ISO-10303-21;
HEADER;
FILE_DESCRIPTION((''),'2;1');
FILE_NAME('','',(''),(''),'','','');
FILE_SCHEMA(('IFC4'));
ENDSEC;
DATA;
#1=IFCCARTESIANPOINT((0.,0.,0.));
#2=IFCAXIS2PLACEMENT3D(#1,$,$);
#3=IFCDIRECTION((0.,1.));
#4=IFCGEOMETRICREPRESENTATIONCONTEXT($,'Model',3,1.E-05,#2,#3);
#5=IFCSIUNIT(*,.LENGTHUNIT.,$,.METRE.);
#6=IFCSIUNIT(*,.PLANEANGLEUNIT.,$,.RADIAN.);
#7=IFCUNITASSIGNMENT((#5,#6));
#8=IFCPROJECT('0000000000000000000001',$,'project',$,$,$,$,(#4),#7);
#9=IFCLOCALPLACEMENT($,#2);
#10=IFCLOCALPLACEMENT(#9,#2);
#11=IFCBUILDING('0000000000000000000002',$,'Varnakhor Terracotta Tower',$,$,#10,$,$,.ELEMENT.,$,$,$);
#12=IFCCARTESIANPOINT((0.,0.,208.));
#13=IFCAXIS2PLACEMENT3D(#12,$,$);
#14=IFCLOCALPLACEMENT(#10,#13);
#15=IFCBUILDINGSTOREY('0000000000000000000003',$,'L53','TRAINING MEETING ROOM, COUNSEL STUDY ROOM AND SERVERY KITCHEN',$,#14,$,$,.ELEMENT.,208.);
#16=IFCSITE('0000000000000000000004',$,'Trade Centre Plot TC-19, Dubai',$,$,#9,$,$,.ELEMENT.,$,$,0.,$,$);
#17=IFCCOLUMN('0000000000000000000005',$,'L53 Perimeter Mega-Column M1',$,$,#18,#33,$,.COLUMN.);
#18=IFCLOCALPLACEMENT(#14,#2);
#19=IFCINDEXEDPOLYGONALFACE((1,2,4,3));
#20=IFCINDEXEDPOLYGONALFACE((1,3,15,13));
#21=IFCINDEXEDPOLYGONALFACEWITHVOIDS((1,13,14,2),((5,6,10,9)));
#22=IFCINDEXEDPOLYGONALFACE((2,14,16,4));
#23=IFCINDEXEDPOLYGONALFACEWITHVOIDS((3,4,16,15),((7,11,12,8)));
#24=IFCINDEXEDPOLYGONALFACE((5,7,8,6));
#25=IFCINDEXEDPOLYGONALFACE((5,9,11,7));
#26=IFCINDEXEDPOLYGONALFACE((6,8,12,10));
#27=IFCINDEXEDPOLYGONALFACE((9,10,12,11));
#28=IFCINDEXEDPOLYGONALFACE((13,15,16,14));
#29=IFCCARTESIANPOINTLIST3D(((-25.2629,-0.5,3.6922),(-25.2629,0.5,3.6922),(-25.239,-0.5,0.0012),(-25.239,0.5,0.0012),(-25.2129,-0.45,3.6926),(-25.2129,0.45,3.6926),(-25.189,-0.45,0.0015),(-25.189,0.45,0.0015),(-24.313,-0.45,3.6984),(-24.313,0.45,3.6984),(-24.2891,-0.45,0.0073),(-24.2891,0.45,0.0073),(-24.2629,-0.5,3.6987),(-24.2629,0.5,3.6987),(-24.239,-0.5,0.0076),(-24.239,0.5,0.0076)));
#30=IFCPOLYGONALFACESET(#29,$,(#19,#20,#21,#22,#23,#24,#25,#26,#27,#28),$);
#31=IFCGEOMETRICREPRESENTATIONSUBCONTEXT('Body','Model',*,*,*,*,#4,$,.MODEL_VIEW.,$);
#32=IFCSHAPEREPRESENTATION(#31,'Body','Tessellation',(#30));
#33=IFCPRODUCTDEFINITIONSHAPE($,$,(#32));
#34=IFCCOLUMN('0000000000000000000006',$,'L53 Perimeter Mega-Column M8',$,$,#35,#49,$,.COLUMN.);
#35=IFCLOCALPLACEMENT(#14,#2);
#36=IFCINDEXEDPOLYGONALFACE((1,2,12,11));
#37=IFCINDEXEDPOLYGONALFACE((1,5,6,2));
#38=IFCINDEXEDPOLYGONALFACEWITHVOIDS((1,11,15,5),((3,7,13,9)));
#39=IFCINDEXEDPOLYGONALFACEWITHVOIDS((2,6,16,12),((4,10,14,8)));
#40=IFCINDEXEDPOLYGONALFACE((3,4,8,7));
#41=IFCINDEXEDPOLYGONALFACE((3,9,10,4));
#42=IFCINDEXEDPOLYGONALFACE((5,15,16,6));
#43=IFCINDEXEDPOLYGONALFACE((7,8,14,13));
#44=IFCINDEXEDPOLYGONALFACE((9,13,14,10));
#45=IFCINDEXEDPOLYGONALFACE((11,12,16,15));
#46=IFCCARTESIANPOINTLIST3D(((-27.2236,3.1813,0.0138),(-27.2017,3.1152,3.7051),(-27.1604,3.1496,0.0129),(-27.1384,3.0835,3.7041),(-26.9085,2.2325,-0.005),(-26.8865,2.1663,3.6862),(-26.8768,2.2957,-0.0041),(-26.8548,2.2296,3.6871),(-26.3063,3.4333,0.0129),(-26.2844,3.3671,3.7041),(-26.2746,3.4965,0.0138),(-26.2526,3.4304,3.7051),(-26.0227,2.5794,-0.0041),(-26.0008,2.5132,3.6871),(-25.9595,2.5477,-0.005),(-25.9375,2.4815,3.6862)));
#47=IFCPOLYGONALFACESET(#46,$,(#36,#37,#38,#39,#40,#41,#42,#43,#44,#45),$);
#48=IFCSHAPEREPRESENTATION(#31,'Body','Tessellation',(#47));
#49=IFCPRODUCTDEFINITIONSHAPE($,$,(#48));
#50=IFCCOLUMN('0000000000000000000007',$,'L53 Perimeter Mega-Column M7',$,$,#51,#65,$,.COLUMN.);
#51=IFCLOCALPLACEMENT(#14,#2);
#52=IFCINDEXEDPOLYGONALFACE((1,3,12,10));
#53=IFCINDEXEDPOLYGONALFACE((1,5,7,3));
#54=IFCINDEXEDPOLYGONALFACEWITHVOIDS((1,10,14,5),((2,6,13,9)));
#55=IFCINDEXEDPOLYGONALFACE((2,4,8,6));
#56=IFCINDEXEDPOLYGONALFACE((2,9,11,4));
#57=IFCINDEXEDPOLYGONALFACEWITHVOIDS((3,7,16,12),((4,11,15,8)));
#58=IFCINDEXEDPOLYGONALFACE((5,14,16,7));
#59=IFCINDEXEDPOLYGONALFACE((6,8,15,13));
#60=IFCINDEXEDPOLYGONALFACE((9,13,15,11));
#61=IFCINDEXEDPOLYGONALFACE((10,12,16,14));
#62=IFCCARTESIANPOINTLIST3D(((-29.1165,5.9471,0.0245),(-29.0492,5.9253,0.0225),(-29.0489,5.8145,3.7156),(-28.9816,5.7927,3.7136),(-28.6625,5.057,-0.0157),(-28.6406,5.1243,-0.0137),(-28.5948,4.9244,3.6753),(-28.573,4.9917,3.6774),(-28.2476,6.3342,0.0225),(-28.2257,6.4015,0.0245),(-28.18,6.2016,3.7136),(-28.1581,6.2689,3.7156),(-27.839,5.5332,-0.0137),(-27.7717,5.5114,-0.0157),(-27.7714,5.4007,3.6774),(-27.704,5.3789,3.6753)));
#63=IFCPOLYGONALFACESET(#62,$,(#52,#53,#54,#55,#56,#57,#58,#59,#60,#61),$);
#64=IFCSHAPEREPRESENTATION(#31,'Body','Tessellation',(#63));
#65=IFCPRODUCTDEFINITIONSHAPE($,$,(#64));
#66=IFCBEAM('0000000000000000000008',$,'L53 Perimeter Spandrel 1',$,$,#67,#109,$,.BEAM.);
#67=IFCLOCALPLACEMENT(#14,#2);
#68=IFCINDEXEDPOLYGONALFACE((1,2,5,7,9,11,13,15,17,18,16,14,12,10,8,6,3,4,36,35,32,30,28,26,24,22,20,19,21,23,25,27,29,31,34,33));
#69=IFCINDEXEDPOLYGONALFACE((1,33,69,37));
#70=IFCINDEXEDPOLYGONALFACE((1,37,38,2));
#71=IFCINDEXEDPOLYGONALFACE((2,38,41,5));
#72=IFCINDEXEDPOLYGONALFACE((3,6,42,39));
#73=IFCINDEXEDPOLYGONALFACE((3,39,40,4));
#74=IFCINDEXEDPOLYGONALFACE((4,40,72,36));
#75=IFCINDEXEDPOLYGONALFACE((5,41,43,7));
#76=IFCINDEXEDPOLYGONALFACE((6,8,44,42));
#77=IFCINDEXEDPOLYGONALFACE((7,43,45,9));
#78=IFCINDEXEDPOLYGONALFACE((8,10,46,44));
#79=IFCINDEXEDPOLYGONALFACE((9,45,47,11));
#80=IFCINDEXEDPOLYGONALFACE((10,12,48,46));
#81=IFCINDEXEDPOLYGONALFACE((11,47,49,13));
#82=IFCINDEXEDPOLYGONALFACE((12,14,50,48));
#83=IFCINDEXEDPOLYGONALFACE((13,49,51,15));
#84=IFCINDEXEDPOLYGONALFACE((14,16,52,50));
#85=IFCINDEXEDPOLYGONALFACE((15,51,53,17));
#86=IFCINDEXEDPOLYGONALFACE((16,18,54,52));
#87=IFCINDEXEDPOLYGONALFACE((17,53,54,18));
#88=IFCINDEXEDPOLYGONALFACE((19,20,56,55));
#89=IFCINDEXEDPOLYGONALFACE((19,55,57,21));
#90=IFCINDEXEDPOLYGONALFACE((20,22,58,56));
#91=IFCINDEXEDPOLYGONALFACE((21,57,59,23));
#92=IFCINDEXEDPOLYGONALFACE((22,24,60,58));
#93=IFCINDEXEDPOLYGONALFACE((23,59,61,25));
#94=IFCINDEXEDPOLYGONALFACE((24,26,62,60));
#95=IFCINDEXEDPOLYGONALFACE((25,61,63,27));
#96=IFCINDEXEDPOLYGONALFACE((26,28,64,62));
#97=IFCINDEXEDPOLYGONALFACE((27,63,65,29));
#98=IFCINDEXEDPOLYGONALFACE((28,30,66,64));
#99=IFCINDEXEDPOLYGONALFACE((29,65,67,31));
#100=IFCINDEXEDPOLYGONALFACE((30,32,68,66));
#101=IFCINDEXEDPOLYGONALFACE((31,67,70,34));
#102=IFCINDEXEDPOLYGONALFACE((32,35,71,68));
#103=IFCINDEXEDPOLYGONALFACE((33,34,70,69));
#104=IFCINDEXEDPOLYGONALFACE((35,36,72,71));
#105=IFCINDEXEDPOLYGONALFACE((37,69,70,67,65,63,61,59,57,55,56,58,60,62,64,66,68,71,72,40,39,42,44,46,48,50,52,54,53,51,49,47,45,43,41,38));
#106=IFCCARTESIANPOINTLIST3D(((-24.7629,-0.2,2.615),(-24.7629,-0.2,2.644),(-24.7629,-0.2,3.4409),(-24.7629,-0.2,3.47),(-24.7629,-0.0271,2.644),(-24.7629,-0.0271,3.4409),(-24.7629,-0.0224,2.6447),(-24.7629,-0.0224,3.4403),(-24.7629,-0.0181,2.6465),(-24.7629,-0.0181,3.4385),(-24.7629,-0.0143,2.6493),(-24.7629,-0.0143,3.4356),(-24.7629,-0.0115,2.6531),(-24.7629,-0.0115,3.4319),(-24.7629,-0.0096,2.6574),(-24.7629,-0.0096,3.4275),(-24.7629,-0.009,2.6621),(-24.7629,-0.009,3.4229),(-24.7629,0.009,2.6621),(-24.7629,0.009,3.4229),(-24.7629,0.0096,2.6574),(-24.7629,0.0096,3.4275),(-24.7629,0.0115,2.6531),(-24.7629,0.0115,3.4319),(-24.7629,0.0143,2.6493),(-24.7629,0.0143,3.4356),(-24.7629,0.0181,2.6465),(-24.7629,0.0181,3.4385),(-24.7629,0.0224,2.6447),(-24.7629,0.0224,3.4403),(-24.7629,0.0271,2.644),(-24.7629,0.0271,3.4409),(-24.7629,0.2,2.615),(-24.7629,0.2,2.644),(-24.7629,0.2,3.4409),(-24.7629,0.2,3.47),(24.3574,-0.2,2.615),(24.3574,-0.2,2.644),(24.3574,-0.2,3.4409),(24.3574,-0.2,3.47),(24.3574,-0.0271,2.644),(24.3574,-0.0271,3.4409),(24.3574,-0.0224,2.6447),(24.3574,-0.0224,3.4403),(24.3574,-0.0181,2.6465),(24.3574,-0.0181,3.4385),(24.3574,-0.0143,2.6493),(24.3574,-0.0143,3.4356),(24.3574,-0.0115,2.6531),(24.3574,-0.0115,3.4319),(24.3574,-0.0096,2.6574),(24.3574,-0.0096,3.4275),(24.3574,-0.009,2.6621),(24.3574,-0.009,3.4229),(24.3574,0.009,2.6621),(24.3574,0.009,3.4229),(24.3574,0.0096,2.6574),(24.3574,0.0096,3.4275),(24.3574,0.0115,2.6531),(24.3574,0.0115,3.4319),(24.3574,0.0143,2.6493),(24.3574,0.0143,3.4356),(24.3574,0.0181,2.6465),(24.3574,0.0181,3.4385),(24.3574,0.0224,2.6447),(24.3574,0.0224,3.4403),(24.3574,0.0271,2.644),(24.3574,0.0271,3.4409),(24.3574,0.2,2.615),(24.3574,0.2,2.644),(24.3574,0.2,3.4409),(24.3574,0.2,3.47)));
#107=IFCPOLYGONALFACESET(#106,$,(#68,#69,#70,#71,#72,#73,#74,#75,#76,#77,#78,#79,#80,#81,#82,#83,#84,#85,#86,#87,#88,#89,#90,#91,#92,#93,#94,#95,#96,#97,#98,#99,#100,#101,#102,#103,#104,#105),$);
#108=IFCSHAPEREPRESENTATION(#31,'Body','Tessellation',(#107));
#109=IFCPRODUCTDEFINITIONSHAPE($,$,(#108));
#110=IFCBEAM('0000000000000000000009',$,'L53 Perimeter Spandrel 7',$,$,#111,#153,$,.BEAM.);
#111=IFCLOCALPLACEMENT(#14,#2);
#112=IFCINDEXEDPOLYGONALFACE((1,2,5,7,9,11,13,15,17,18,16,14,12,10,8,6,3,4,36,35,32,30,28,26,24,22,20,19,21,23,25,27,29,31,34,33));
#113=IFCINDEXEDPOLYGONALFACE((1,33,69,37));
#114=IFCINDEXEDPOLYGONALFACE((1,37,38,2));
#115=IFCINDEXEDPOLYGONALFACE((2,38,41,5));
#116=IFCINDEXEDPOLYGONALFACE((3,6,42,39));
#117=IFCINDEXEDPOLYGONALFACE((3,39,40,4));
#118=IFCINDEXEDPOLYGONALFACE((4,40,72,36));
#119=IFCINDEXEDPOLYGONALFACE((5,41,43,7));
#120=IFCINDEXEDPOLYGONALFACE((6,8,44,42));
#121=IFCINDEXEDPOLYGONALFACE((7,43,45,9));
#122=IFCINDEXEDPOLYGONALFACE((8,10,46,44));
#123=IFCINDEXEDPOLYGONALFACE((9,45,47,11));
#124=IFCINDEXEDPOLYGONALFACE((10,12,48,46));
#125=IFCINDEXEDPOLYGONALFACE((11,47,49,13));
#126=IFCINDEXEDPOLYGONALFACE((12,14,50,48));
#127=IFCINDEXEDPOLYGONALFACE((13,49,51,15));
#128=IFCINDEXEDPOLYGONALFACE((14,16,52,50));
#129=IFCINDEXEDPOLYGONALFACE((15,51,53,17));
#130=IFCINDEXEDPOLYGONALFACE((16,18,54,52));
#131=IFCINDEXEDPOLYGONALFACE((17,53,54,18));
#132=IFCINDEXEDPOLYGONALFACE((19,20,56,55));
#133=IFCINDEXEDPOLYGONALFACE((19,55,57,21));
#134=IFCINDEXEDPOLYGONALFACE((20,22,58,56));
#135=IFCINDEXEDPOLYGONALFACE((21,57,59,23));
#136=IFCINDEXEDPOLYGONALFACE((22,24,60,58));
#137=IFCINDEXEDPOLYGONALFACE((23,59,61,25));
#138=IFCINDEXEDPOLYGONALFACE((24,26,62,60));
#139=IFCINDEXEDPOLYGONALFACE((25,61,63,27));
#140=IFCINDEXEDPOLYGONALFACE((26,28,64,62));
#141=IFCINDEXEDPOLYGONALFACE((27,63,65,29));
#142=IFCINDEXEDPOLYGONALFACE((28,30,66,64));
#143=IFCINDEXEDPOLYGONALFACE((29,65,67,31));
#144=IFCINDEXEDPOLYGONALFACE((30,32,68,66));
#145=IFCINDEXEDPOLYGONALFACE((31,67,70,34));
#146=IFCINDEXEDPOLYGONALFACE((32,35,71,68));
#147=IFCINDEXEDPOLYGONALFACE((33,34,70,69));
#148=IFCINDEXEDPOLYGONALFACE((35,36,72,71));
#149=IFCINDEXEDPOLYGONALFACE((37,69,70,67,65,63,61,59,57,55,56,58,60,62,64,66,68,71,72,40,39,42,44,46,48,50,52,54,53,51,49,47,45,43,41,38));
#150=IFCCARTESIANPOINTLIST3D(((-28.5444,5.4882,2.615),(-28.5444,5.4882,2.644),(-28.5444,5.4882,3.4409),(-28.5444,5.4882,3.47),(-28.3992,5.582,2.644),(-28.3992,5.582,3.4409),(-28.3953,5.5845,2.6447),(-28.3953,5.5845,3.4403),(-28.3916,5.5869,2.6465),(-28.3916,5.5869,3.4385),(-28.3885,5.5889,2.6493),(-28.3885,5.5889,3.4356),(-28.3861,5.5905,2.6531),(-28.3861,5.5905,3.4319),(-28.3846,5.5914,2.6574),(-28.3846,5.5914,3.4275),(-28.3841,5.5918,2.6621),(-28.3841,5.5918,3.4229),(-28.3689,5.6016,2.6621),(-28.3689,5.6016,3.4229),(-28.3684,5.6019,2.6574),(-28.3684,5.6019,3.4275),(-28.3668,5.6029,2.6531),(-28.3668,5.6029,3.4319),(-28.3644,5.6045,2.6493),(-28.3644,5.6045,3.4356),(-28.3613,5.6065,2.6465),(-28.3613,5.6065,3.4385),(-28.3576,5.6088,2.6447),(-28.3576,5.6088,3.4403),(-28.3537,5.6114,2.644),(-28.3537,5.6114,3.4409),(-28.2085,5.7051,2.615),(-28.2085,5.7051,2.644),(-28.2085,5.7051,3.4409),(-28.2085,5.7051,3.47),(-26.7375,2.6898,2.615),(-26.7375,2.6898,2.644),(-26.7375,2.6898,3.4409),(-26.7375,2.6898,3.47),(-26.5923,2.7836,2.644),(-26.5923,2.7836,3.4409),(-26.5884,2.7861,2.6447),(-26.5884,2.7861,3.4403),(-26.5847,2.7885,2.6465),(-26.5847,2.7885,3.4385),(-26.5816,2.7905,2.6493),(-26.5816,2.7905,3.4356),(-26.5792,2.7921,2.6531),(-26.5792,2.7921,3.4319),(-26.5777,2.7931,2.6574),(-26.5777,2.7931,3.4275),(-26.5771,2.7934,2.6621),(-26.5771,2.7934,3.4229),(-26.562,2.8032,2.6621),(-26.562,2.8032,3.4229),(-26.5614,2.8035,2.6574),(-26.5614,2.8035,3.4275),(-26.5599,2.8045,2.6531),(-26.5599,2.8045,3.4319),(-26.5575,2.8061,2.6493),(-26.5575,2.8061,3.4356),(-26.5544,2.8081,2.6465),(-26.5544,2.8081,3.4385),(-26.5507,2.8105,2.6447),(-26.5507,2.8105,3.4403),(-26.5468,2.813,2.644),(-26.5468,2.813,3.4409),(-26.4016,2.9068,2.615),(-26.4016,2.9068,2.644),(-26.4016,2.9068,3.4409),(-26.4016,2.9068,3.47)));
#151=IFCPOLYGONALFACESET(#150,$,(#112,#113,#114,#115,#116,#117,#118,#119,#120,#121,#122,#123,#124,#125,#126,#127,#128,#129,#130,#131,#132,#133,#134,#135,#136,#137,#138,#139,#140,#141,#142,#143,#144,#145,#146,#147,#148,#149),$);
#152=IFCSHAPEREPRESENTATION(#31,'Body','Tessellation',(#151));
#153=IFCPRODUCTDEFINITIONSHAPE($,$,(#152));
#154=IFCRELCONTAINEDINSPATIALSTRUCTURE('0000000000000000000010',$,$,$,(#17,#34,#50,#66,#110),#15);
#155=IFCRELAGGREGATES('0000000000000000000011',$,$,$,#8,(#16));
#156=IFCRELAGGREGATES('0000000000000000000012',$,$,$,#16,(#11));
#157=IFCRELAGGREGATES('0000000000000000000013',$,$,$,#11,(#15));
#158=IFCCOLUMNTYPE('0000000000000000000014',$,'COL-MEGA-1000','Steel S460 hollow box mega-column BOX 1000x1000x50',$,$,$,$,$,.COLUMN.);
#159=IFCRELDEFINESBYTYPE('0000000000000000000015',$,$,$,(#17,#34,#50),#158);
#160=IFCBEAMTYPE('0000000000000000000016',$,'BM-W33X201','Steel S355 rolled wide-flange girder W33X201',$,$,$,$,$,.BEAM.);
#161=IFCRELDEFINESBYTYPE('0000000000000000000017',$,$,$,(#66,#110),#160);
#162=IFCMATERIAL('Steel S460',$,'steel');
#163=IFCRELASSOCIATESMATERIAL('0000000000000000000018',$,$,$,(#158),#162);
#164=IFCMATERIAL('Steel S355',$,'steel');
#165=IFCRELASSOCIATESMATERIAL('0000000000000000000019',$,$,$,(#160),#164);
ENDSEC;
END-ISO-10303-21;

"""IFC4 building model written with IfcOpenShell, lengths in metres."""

from ifc_helpers import new_model, si_unit, direction, frame, origin, origin_2d, place, context, subcontext, project, spatial, hollow_rectangle, i_section, extrude, source, transform, mapped, material, material_profile, profile_set, type_object, element, save


model = new_model("IFC4")

# Units and contexts
model_context = context("Model", 3, precision=1e-05, world=origin(), true_north=direction((0.0, 1.0)))
body_context = subcontext(model_context, "Body", "Model", "MODEL_VIEW")
ifc_project = project(units=[si_unit("LENGTHUNIT", "METRE"), si_unit("PLANEANGLEUNIT", "RADIAN")], contexts=[model_context])

# Site, building, storey
site_placement = place(None, origin())
site = spatial("IfcSite", under=ifc_project, at=site_placement, Name="Trade Centre Plot TC-19, Dubai", CompositionType="ELEMENT", RefElevation=0.0)
building_placement = place(site_placement, origin())
building = spatial("IfcBuilding", under=site, at=building_placement, Name="Varnakhor Terracotta Tower", CompositionType="ELEMENT")
storey_placement = place(building_placement, frame((0.0, 0.0, 208.0)))
storey = spatial("IfcBuildingStorey", under=building, at=storey_placement, Name="L53", Description="TRAINING MEETING ROOM, COUNSEL STUDY ROOM AND SERVERY KITCHEN", CompositionType="ELEMENT", Elevation=208.0)

# Columns
ifc_material_1 = material(Name="Steel S460", Category="steel")
ifc_material_profile_1 = material_profile(ifc_material_1, hollow_rectangle(XDim=1.0, YDim=1.0, WallThickness=0.05, at=origin_2d()), Name="BOX 1000x1000x50")
ifc_profile_set_1 = profile_set([ifc_material_profile_1], Name="Steel S460")
column_type = type_object("IfcColumnType", Name="COL-MEGA-1000", Description="Steel S460 hollow box mega-column BOX 1000x1000x50", PredefinedType="COLUMN", material=ifc_profile_set_1)
shared_shape_1 = source(origin(), body_context, "Body", "SweptSolid", [
    extrude(hollow_rectangle(XDim=1.0, YDim=1.0, WallThickness=0.05, at=origin_2d()), origin(), (0.0, 0.0, 1.0), 3.6912),
])
column_1_placement = place(storey_placement, frame((-24.739, 0.0, 0.0044), z_axis=(-0.006482, 0.0, 0.999979), x_axis=(0.0, -1.0, 0.0)))
element("IfcColumn", 1, at=column_1_placement, inside=storey, type_object=column_type, Name="L53 Perimeter Mega-Column M1", PredefinedType="COLUMN", context=body_context, shape_type="MappedRepresentation", body=[
    mapped(shared_shape_1, transform((0.0, 0.0, 0.0), scale=1.0)),
])
shared_shape_2 = source(origin(), body_context, "Body", "SweptSolid", [
    extrude(hollow_rectangle(XDim=1.0, YDim=1.0, WallThickness=0.05, at=origin_2d()), origin(), (0.0, 0.0, 1.0), 3.6919),
])
column_2_placement = place(storey_placement, frame((-26.5916, 2.8645, 0.0044), z_axis=(0.005952, -0.017921, 0.999822), x_axis=(0.949033, 0.315177, 0.0)))
element("IfcColumn", 2, at=column_2_placement, inside=storey, type_object=column_type, Name="L53 Perimeter Mega-Column M8", PredefinedType="COLUMN", context=body_context, shape_type="MappedRepresentation", body=[
    mapped(shared_shape_2, transform((0.0, 0.0, 0.0), scale=1.0)),
])
shared_shape_3 = source(origin(), body_context, "Body", "SweptSolid", [
    extrude(hollow_rectangle(XDim=1.0, YDim=1.0, WallThickness=0.05, at=origin_2d()), origin(), (0.0, 0.0, 1.0), 3.6941),
])
column_3_placement = place(storey_placement, frame((-28.4441, 5.7292, 0.0044), z_axis=(0.018306, -0.035886, 0.999188), x_axis=(0.890789, 0.454417, 0.0)))
element("IfcColumn", 3, at=column_3_placement, inside=storey, type_object=column_type, Name="L53 Perimeter Mega-Column M7", PredefinedType="COLUMN", context=body_context, shape_type="MappedRepresentation", body=[
    mapped(shared_shape_3, transform((0.0, 0.0, 0.0), scale=1.0)),
])

# Beams
ifc_material_2 = material(Name="Steel S355", Category="steel")
ifc_material_profile_2 = material_profile(ifc_material_2, i_section(OverallWidth=0.3999, OverallDepth=0.855, WebThickness=0.0181, FlangeThickness=0.0291, FilletRadius=0.0181, at=origin_2d()), Name="W33X201")
ifc_profile_set_2 = profile_set([ifc_material_profile_2], Name="Steel S355")
beam_type_1 = type_object("IfcBeamType", Name="BM-W33X201", Description="Steel S355 rolled wide-flange girder W33X201", PredefinedType="BEAM", material=ifc_profile_set_2)
shared_shape_4 = source(origin(), body_context, "Body", "SweptSolid", [
    extrude(i_section(OverallWidth=0.3999, OverallDepth=0.855, WebThickness=0.0181, FlangeThickness=0.0291, FilletRadius=0.0181, at=origin_2d()), origin(), (0.0, 0.0, 1.0), 49.1204),
])
beam_1_placement = place(storey_placement, frame((-24.7629, 0.0, 3.0425), z_axis=(1.0, 0.0, 0.0), x_axis=(0.0, 1.0, 0.0)))
element("IfcBeam", 4, at=beam_1_placement, inside=storey, type_object=beam_type_1, Name="L53 Perimeter Spandrel 1", PredefinedType="BEAM", context=body_context, shape_type="MappedRepresentation", body=[
    mapped(shared_shape_4, transform((0.0, 0.0, 0.0), scale=1.0)),
])
shared_shape_5 = source(origin(), body_context, "Body", "SweptSolid", [
    extrude(i_section(OverallWidth=0.3999, OverallDepth=0.855, WebThickness=0.0181, FlangeThickness=0.0291, FilletRadius=0.0181, at=origin_2d()), origin(), (0.0, 0.0, 1.0), 3.3311),
])
beam_2_placement = place(storey_placement, frame((-28.3765, 5.5967, 3.0425), z_axis=(0.542446, -0.840091, 0.0), x_axis=(0.840091, 0.542446, 0.0)))
element("IfcBeam", 5, at=beam_2_placement, inside=storey, type_object=beam_type_1, Name="L53 Perimeter Spandrel 7", PredefinedType="BEAM", context=body_context, shape_type="MappedRepresentation", body=[
    mapped(shared_shape_5, transform((0.0, 0.0, 0.0), scale=1.0)),
])

save(model, "model.ifc")
